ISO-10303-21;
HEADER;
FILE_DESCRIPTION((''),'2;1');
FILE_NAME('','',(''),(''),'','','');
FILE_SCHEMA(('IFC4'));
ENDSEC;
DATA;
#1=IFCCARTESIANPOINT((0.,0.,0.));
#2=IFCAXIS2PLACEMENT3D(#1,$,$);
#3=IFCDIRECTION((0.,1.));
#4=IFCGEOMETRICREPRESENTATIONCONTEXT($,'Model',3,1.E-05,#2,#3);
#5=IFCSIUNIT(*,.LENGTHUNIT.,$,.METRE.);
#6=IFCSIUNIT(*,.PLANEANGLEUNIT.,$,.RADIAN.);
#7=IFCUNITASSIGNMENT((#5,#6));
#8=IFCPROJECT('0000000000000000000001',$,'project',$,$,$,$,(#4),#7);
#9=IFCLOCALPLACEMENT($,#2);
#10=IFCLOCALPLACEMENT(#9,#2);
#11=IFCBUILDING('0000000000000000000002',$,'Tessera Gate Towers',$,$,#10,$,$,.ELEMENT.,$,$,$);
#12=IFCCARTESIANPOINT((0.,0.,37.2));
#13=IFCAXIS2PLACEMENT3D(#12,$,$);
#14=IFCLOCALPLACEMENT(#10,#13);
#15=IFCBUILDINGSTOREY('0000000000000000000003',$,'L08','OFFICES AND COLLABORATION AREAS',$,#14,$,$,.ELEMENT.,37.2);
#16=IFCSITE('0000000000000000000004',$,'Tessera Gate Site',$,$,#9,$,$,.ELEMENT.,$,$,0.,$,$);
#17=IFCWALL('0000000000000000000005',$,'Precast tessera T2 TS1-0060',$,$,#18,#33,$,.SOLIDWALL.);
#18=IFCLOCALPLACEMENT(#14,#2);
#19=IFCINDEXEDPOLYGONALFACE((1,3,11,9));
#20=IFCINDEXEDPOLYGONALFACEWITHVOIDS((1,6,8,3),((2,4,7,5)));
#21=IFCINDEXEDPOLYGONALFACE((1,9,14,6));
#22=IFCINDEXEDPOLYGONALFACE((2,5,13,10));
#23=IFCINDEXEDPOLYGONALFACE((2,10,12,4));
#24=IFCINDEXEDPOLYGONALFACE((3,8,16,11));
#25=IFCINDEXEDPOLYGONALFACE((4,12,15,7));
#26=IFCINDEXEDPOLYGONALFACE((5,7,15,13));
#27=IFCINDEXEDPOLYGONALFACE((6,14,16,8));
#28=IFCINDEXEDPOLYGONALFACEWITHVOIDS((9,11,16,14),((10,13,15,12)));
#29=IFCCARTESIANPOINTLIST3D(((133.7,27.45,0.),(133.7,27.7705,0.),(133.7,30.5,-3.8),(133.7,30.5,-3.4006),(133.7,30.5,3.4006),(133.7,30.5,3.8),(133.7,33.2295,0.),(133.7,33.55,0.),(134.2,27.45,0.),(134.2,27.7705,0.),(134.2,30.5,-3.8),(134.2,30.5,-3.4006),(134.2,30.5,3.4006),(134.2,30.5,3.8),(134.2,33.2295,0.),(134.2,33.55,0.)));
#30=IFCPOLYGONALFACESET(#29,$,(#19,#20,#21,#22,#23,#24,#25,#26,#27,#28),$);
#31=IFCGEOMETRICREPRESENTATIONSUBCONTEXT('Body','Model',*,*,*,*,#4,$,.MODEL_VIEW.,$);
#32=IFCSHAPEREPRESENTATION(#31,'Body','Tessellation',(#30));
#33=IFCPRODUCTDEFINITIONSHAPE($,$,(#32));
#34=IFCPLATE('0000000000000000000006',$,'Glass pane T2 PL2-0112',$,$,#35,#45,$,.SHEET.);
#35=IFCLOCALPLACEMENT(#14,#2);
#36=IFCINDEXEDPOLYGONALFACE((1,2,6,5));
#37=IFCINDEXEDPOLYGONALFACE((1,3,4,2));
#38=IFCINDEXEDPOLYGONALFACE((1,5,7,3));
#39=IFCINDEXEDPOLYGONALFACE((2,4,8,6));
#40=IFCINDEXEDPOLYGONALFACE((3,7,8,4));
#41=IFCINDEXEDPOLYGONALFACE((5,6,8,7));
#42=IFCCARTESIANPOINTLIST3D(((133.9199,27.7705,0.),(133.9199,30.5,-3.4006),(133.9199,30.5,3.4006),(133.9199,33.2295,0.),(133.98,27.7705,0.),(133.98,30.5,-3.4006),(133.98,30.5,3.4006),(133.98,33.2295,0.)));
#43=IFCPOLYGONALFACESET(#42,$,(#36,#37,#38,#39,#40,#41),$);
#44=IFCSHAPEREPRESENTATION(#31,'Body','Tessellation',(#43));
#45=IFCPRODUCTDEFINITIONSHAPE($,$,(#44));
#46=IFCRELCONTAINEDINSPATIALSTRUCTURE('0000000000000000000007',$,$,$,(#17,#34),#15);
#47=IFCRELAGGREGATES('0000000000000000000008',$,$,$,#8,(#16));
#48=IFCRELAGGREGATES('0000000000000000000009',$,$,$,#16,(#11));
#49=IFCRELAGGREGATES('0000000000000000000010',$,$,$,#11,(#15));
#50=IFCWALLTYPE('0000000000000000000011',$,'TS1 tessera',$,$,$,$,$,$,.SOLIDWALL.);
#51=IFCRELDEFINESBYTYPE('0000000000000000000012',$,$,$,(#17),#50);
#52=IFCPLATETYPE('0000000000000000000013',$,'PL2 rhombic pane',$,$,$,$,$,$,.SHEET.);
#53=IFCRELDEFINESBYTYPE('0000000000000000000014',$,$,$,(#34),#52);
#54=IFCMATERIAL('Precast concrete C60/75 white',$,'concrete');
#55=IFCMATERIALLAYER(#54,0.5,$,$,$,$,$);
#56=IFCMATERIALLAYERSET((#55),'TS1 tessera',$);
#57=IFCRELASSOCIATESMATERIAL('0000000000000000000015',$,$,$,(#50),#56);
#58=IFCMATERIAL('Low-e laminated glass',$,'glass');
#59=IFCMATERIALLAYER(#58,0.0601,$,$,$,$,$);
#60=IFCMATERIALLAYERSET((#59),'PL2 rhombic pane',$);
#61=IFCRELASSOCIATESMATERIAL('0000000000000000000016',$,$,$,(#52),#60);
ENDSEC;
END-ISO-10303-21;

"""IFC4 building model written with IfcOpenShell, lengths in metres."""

from ifc_helpers import new_model, si_unit, direction, frame, origin, place, context, subcontext, project, spatial, polyline, outline, extrude, source, transform, mapped, material, layer, layer_set, type_object, element, fill, save


model = new_model("IFC4")

# Units and contexts
model_context = context("Model", 3, precision=1e-05, world=origin(), true_north=direction((0.0, 1.0)))
body_context = subcontext(model_context, "Body", "Model", "MODEL_VIEW")
ifc_project = project(units=[si_unit("LENGTHUNIT", "METRE"), si_unit("PLANEANGLEUNIT", "RADIAN")], contexts=[model_context])

# Site, building, storey
site_placement = place(None, origin())
site = spatial("IfcSite", under=ifc_project, at=site_placement, Name="Tessera Gate Site", CompositionType="ELEMENT", RefElevation=0.0)
building_placement = place(site_placement, origin())
building = spatial("IfcBuilding", under=site, at=building_placement, Name="Tessera Gate Towers", CompositionType="ELEMENT")
storey_placement = place(building_placement, frame((0.0, 0.0, 37.2)))
storey = spatial("IfcBuildingStorey", under=building, at=storey_placement, Name="L08", Description="OFFICES AND COLLABORATION AREAS", CompositionType="ELEMENT", Elevation=37.2)

# Wall, opening, plate
ifc_material_1 = material(Name="Precast concrete C60/75 white", Category="concrete")
ifc_layer_1 = layer(ifc_material_1, 0.5)
ifc_layer_set_1 = layer_set([ifc_layer_1], Name="TS1 tessera")
wall_type_1 = type_object("IfcWallType", Name="TS1 tessera", PredefinedType="SOLIDWALL", material=ifc_layer_set_1)
shared_shape_1 = source(origin(), body_context, "Body", "SweptSolid", [
    extrude(outline(polyline([(3.05, 0.0), (6.1001, 3.8), (3.05, 7.6001), (0.0, 3.8), (3.05, 0.0)])), frame((0.0, 0.25, 0.0), z_axis=(0.0, -1.0, 0.0), x_axis=(1.0, 0.0, 0.0)), (0.0, 0.0, 1.0), 0.5),
])
wall_1_placement = place(storey_placement, frame((133.95, 27.45, -3.8), z_axis=(0.0, 0.0, 1.0), x_axis=(0.0, 1.0, 0.0)))
wall_1 = element("IfcWall", 1, at=wall_1_placement, inside=storey, type_object=wall_type_1, Name="Precast tessera T2 TS1-0060", PredefinedType="SOLIDWALL", context=body_context, shape_type="MappedRepresentation", body=[
    mapped(shared_shape_1, transform((0.0, 0.0, 0.0), scale=1.0)),
])
shared_shape_2 = source(origin(), body_context, "Body", "SweptSolid", [
    extrude(outline(polyline([(3.05, 0.3994), (5.7795, 3.8), (3.05, 7.2007), (0.3206, 3.8), (3.05, 0.3994)])), frame((0.0, 0.26, 0.0), z_axis=(0.0, -1.0, 0.0), x_axis=(1.0, 0.0, 0.0)), (0.0, 0.0, 1.0), 0.52),
])
opening_1_placement = place(wall_1_placement, origin())
opening_1 = element("IfcOpeningElement", 2, at=opening_1_placement, cuts=wall_1, PredefinedType="OPENING", context=body_context, shape_type="MappedRepresentation", body=[
    mapped(shared_shape_2, transform((0.0, 0.0, 0.0), scale=1.0)),
])
ifc_material_2 = material(Name="Low-e laminated glass", Category="glass")
ifc_layer_2 = layer(ifc_material_2, 0.0601)
ifc_layer_set_2 = layer_set([ifc_layer_2], Name="PL2 rhombic pane")
plate_type = type_object("IfcPlateType", Name="PL2 rhombic pane", PredefinedType="SHEET", material=ifc_layer_set_2)
shared_shape_3 = source(origin(), body_context, "Body", "SweptSolid", [
    extrude(outline(polyline([(3.05, 0.3994), (5.7795, 3.8), (3.05, 7.2007), (0.3206, 3.8), (3.05, 0.3994)])), frame((0.0, 0.03, 0.0), z_axis=(0.0, -1.0, 0.0), x_axis=(1.0, 0.0, 0.0)), (0.0, 0.0, 1.0), 0.0601),
])
plate_placement = place(opening_1_placement, origin())
plate = element("IfcPlate", 3, at=plate_placement, inside=storey, type_object=plate_type, Name="Glass pane T2 PL2-0112", PredefinedType="SHEET", context=body_context, shape_type="MappedRepresentation", body=[
    mapped(shared_shape_3, transform((0.0, 0.0, 0.0), scale=1.0)),
])
fill(opening_1, plate)

save(model, "model.ifc")
